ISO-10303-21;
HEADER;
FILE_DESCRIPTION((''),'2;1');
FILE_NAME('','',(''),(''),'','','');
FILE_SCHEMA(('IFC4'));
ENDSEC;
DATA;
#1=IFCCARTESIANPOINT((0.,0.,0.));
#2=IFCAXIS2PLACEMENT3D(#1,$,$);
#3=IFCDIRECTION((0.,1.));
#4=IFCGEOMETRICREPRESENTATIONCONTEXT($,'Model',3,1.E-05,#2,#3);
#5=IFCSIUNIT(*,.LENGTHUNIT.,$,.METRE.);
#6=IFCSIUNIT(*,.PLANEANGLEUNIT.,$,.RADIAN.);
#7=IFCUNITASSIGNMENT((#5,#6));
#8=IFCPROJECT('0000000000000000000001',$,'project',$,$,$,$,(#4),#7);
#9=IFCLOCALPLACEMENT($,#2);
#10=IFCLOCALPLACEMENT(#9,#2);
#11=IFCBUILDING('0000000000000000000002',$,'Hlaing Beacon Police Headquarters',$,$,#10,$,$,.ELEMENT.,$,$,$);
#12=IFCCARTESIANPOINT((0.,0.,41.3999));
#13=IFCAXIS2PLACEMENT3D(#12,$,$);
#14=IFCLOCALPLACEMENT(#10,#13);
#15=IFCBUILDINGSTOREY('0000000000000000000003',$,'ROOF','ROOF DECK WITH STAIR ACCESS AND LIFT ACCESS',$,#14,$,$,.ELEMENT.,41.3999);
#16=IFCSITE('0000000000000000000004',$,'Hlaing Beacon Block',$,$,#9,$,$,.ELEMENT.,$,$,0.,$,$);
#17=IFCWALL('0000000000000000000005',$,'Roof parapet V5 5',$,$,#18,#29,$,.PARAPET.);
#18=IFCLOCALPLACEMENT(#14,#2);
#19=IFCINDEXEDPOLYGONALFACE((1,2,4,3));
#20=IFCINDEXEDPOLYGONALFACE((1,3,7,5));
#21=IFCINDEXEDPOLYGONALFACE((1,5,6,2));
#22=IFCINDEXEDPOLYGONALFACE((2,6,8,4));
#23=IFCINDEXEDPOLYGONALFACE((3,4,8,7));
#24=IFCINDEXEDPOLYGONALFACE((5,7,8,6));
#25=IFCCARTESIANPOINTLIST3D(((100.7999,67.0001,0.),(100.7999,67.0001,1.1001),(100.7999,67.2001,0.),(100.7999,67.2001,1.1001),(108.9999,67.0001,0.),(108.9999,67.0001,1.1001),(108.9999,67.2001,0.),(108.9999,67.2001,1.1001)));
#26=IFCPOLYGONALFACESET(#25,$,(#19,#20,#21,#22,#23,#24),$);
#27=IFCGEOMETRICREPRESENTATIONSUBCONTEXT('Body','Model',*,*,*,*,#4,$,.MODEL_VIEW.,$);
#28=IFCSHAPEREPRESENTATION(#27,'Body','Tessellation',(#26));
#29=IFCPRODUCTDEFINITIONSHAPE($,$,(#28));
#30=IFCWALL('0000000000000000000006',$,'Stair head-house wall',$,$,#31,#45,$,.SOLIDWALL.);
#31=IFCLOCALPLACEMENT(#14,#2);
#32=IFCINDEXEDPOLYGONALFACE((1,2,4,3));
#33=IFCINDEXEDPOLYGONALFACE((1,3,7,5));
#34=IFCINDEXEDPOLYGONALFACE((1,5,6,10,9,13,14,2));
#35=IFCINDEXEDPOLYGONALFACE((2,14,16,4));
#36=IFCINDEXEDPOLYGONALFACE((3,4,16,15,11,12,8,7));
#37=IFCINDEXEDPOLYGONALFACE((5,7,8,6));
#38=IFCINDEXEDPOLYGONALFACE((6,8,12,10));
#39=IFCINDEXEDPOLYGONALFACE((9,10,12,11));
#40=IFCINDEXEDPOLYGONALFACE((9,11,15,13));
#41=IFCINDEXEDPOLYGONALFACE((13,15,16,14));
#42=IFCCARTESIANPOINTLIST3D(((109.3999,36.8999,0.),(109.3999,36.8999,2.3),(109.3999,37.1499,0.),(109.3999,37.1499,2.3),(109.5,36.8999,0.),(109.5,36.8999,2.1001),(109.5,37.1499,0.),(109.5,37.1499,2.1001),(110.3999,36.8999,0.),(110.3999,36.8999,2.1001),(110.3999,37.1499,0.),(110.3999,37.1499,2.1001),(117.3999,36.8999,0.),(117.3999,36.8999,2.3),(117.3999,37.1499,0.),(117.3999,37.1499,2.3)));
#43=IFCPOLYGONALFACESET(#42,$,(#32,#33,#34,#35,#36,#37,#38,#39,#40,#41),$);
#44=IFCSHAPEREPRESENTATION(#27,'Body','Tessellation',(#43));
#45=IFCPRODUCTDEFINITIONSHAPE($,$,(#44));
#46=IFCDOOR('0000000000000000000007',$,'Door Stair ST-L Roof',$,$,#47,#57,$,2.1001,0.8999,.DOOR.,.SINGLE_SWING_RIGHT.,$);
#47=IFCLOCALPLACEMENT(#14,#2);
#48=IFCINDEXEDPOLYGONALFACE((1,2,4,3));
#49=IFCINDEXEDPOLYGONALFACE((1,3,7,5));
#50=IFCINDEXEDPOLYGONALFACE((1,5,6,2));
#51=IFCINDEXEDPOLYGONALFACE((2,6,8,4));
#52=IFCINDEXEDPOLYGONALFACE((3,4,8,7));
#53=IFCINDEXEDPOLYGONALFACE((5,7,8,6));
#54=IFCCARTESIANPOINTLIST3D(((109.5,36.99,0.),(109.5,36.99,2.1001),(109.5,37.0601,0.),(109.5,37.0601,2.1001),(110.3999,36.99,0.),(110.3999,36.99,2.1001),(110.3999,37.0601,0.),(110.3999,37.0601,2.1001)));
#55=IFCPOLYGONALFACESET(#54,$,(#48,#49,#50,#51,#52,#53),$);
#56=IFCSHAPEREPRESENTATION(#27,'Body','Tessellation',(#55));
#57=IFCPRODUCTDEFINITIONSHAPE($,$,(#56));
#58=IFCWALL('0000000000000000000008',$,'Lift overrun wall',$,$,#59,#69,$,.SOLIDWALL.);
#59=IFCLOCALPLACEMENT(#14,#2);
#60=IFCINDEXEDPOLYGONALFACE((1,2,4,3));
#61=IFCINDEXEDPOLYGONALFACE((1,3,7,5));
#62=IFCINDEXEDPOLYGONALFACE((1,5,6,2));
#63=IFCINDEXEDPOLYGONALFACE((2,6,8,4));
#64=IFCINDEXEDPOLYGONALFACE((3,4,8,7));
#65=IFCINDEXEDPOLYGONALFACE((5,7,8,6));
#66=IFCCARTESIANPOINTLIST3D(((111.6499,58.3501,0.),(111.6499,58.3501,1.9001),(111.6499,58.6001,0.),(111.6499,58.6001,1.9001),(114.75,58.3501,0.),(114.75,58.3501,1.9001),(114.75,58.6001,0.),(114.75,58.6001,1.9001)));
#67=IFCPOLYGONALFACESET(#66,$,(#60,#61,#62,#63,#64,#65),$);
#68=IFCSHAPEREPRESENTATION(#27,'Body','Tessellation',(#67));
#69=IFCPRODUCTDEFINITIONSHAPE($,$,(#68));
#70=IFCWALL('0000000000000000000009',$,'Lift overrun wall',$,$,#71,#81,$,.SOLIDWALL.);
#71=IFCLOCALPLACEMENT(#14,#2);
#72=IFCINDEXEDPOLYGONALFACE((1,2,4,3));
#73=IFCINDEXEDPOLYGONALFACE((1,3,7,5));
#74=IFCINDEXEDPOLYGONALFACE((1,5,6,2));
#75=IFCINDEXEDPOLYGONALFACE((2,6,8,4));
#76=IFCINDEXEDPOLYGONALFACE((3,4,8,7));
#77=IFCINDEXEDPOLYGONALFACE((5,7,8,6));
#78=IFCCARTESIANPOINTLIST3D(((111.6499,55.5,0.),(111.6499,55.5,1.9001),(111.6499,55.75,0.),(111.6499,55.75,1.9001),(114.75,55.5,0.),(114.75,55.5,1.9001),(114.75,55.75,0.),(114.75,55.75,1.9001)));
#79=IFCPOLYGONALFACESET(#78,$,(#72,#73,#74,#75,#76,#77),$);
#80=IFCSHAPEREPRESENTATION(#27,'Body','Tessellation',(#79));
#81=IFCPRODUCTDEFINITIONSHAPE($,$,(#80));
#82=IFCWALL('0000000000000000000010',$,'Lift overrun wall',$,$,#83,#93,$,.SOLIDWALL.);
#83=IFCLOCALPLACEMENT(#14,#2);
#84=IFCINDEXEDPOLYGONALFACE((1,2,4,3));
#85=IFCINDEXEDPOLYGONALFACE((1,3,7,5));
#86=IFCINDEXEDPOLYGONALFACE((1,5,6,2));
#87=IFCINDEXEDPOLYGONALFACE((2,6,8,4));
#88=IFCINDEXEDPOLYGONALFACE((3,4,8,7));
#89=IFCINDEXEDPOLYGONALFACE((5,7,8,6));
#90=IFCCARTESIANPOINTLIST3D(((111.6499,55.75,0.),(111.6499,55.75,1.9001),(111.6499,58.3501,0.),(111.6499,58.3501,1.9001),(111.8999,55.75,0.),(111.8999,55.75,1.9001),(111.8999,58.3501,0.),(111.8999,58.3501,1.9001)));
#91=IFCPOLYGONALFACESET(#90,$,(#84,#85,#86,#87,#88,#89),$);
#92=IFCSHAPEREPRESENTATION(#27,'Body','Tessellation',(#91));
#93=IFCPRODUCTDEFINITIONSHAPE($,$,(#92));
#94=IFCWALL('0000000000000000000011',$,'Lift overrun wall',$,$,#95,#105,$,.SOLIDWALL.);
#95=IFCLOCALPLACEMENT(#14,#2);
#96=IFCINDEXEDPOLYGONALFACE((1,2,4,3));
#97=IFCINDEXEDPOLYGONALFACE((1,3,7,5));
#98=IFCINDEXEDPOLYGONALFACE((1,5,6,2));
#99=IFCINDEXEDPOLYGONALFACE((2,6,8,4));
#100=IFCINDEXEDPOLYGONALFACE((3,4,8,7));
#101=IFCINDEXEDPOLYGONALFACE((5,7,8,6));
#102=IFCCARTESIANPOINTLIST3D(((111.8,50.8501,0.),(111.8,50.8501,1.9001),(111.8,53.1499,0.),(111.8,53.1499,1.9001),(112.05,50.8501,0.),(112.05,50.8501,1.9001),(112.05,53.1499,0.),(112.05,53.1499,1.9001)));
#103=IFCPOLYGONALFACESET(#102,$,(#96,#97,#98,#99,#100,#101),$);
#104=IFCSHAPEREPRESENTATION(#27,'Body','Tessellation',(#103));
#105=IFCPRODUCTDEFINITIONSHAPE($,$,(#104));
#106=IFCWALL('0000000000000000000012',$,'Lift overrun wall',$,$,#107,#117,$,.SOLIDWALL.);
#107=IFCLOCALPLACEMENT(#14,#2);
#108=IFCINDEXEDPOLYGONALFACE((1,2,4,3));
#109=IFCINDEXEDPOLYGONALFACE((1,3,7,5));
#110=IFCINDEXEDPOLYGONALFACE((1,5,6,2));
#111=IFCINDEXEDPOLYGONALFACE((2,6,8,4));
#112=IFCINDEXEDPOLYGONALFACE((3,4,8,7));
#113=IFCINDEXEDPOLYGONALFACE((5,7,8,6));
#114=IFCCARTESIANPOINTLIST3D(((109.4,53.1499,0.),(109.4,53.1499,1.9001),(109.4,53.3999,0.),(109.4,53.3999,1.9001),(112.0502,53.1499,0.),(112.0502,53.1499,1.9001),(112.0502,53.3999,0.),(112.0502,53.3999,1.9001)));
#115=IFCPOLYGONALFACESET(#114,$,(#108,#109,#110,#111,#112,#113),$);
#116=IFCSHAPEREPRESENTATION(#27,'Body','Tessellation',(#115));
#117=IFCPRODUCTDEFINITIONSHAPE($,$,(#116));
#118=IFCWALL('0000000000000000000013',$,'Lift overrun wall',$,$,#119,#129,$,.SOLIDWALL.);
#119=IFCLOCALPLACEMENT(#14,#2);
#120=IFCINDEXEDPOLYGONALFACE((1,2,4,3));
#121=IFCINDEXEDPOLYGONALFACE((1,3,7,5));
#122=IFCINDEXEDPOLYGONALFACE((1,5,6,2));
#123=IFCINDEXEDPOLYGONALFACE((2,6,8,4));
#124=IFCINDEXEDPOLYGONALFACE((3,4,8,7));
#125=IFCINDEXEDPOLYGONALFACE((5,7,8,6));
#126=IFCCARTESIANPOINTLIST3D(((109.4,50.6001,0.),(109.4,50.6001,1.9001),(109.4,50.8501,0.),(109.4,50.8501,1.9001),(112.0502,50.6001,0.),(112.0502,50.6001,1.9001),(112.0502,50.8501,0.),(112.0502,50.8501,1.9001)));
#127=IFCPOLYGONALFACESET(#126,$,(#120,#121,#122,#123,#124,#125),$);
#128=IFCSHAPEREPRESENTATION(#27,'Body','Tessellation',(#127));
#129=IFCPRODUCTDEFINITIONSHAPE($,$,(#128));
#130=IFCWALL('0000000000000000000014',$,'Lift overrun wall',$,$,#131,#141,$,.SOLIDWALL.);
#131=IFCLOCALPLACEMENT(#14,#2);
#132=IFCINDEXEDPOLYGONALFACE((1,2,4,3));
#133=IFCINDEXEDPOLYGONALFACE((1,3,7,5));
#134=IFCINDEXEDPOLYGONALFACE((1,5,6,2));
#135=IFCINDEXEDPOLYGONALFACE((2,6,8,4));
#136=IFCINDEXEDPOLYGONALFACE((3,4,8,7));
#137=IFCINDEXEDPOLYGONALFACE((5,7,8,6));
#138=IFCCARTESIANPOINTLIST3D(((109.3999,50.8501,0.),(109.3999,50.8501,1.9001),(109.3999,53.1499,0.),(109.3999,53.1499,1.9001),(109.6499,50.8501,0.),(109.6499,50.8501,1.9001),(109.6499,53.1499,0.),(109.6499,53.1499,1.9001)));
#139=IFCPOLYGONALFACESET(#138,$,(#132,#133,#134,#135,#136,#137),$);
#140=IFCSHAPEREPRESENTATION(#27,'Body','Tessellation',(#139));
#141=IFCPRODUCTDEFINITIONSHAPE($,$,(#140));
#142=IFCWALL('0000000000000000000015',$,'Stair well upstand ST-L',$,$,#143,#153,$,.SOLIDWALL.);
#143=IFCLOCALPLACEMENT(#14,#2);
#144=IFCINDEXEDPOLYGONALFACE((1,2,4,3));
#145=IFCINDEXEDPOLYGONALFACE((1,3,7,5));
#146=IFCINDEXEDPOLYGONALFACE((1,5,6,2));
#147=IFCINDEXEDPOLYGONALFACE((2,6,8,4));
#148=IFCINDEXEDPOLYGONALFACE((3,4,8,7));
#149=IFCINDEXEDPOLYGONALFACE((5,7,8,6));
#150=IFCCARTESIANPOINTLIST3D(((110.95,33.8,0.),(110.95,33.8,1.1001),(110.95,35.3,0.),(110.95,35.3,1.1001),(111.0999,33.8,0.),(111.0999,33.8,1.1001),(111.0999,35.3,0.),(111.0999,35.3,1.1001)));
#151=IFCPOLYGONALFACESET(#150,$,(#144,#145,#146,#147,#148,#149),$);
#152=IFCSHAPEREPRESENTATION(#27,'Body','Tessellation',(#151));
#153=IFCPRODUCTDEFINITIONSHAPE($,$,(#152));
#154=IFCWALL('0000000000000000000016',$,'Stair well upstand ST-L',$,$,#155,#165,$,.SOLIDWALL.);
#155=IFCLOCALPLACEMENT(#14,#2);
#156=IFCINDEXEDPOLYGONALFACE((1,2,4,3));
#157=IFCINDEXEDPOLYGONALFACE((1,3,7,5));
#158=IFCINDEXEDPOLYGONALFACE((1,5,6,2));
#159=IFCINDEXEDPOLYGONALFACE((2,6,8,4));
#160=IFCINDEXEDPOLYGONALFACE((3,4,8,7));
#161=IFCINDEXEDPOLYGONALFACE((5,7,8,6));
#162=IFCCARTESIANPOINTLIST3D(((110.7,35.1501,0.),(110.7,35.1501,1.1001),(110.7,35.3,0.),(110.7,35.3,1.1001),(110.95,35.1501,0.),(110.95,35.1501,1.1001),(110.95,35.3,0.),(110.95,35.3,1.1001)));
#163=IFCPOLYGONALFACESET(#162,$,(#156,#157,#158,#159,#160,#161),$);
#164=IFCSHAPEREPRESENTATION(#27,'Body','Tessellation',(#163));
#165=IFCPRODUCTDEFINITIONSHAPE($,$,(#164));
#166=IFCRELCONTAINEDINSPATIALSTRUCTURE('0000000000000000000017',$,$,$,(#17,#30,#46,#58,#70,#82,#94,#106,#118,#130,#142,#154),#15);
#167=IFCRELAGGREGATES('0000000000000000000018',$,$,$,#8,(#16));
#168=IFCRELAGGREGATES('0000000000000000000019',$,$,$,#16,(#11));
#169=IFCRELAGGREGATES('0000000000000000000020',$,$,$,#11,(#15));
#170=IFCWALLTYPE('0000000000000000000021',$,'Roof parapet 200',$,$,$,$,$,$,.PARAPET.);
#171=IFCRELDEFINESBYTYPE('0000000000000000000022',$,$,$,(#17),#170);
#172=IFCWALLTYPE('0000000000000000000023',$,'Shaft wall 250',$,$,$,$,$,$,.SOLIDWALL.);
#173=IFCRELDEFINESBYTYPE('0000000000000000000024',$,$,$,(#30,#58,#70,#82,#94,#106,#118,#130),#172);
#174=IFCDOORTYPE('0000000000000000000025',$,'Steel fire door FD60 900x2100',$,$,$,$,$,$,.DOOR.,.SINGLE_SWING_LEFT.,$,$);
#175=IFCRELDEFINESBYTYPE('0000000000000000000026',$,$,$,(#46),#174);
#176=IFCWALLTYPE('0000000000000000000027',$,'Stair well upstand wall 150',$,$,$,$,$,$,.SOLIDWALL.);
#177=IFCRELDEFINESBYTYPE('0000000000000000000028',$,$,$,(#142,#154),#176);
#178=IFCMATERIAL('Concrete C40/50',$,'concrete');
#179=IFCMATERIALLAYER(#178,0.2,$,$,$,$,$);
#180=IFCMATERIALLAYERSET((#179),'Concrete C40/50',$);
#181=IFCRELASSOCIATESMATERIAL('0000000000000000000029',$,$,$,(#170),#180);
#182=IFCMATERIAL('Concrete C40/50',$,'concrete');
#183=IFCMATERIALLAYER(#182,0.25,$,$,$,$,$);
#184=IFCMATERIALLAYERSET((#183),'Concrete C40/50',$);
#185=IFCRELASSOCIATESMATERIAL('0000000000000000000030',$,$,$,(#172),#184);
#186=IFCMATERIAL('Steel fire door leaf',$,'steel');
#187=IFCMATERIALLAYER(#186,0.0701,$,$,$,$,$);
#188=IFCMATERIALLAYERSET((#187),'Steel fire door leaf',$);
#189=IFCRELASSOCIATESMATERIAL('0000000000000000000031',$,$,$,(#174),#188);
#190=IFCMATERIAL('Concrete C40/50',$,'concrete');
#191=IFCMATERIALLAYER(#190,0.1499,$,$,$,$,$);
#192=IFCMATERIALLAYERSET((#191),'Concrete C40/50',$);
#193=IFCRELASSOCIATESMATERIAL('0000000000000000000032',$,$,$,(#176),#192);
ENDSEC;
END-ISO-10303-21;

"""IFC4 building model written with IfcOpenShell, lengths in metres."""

from ifc_helpers import new_model, si_unit, direction, frame, frame_2d, origin, place, context, subcontext, project, spatial, rectangle, extrude, material, layer, layer_set, type_object, element, fill, save


model = new_model("IFC4")

# Units and contexts
model_context = context("Model", 3, precision=1e-05, world=origin(), true_north=direction((0.0, 1.0)))
body_context = subcontext(model_context, "Body", "Model", "MODEL_VIEW")
ifc_project = project(units=[si_unit("LENGTHUNIT", "METRE"), si_unit("PLANEANGLEUNIT", "RADIAN")], contexts=[model_context])

# Site, building, storey
site_placement = place(None, origin())
site = spatial("IfcSite", under=ifc_project, at=site_placement, Name="Hlaing Beacon Block", CompositionType="ELEMENT", RefElevation=0.0)
building_placement = place(site_placement, origin())
building = spatial("IfcBuilding", under=site, at=building_placement, Name="Hlaing Beacon Police Headquarters", CompositionType="ELEMENT")
storey_placement = place(building_placement, frame((0.0, 0.0, 41.3999)))
storey = spatial("IfcBuildingStorey", under=building, at=storey_placement, Name="ROOF", Description="ROOF DECK WITH STAIR ACCESS AND LIFT ACCESS", CompositionType="ELEMENT", Elevation=41.3999)

# Wall
ifc_material_1 = material(Name="Concrete C40/50", Category="concrete")
ifc_layer_1 = layer(ifc_material_1, 0.2)
ifc_layer_set_1 = layer_set([ifc_layer_1], Name="Concrete C40/50")
wall_type_1 = type_object("IfcWallType", Name="Roof parapet 200", PredefinedType="PARAPET", material=ifc_layer_set_1)
wall_1_placement = place(storey_placement, frame((109.0, 67.1001, 0.0), z_axis=(0.0, 0.0, 1.0), x_axis=(-1.0, 0.0, 0.0)))
element("IfcWall", 1, at=wall_1_placement, inside=storey, type_object=wall_type_1, Name="Roof parapet V5 5", PredefinedType="PARAPET", context=body_context, shape_type="SweptSolid", body=[
    extrude(rectangle(XDim=8.2, YDim=0.2, at=frame_2d((4.1001, 0.0))), origin(), (0.0, 0.0, 1.0), 1.1001),
])

# Wall, opening, door
ifc_material_2 = material(Name="Concrete C40/50", Category="concrete")
ifc_layer_2 = layer(ifc_material_2, 0.25)
ifc_layer_set_2 = layer_set([ifc_layer_2], Name="Concrete C40/50")
wall_type_2 = type_object("IfcWallType", Name="Shaft wall 250", PredefinedType="SOLIDWALL", material=ifc_layer_set_2)
wall_2_placement = place(storey_placement, frame((109.3999, 37.0249, 0.0), z_axis=(0.0, 0.0, 1.0), x_axis=(1.0, 0.0, 0.0)))
wall_2 = element("IfcWall", 2, at=wall_2_placement, inside=storey, type_object=wall_type_2, Name="Stair head-house wall", PredefinedType="SOLIDWALL", context=body_context, shape_type="SweptSolid", body=[
    extrude(rectangle(XDim=8.0, YDim=0.25, at=frame_2d((4.0, 0.0))), origin(), (0.0, 0.0, 1.0), 2.3),
])
opening_placement = place(wall_2_placement, frame((0.1001, 0.0, 0.0)))
opening = element("IfcOpeningElement", 3, at=opening_placement, cuts=wall_2, PredefinedType="OPENING", context=body_context, shape_type="SweptSolid", body=[
    extrude(rectangle(XDim=0.8999, YDim=2.1001, at=frame_2d((0.45, 1.05))), frame((0.0, 0.135, 0.0), z_axis=(0.0, -1.0, 0.0), x_axis=(1.0, 0.0, 0.0)), (0.0, 0.0, 1.0), 0.27),
])
ifc_material_3 = material(Name="Steel fire door leaf", Category="steel")
ifc_layer_3 = layer(ifc_material_3, 0.0701)
ifc_layer_set_3 = layer_set([ifc_layer_3], Name="Steel fire door leaf")
door_type = type_object("IfcDoorType", Name="Steel fire door FD60 900x2100", OperationType="SINGLE_SWING_LEFT", PredefinedType="DOOR", material=ifc_layer_set_3)
door_placement = place(opening_placement, origin())
door = element("IfcDoor", 4, at=door_placement, inside=storey, type_object=door_type, Name="Door Stair ST-L Roof", OperationType="SINGLE_SWING_RIGHT", OverallHeight=2.1001, OverallWidth=0.8999, PredefinedType="DOOR", context=body_context, shape_type="SweptSolid", body=[
    extrude(rectangle(XDim=0.8999, YDim=2.1001, at=frame_2d((0.45, 1.05))), frame((0.0, 0.0352, 0.0), z_axis=(0.0, -1.0, 0.0), x_axis=(1.0, 0.0, 0.0)), (0.0, 0.0, 1.0), 0.0701),
])
fill(opening, door)

# Walls
for number, where, z_axis, x_axis, name in (
    (5, (111.6499, 58.4751, 0.0), (0.0, 0.0, 1.0), (1.0, 0.0, 0.0), "Lift overrun wall"),
    (6, (111.6499, 55.625, 0.0), (0.0, 0.0, 1.0), (1.0, 0.0, 0.0), "Lift overrun wall"),
):
    element("IfcWall", number, at=place(storey_placement, frame(where, z_axis=z_axis, x_axis=x_axis)), inside=storey, type_object=wall_type_2, Name=name, PredefinedType="SOLIDWALL", context=body_context, shape_type="SweptSolid", body=[
        extrude(rectangle(XDim=3.1001, YDim=0.25, at=frame_2d((1.55, 0.0))), origin(), (0.0, 0.0, 1.0), 1.9001),
    ])
wall_3_placement = place(storey_placement, frame((111.7749, 55.75, 0.0), z_axis=(0.0, 0.0, 1.0), x_axis=(0.0, 1.0, 0.0)))
element("IfcWall", 7, at=wall_3_placement, inside=storey, type_object=wall_type_2, Name="Lift overrun wall", PredefinedType="SOLIDWALL", context=body_context, shape_type="SweptSolid", body=[
    extrude(rectangle(XDim=2.6001, YDim=0.25, at=frame_2d((1.3, 0.0))), origin(), (0.0, 0.0, 1.0), 1.9001),
])
wall_4_placement = place(storey_placement, frame((111.925, 50.8501, 0.0), z_axis=(0.0, 0.0, 1.0), x_axis=(0.0, 1.0, 0.0)))
element("IfcWall", 8, at=wall_4_placement, inside=storey, type_object=wall_type_2, Name="Lift overrun wall", PredefinedType="SOLIDWALL", context=body_context, shape_type="SweptSolid", body=[
    extrude(rectangle(XDim=2.2998, YDim=0.25, at=frame_2d((1.1499, 0.0))), origin(), (0.0, 0.0, 1.0), 1.9001),
])
for number, where, z_axis, x_axis, name in (
    (9, (109.3999, 53.2749, 0.0), (0.0, 0.0, 1.0), (1.0, 0.0, 0.0), "Lift overrun wall"),
    (10, (109.3999, 50.7251, 0.0), (0.0, 0.0, 1.0), (1.0, 0.0, 0.0), "Lift overrun wall"),
):
    element("IfcWall", number, at=place(storey_placement, frame(where, z_axis=z_axis, x_axis=x_axis)), inside=storey, type_object=wall_type_2, Name=name, PredefinedType="SOLIDWALL", context=body_context, shape_type="SweptSolid", body=[
        extrude(rectangle(XDim=2.6501, YDim=0.25, at=frame_2d((1.3252, 0.0))), origin(), (0.0, 0.0, 1.0), 1.9001),
    ])
wall_5_placement = place(storey_placement, frame((109.5249, 50.8501, 0.0), z_axis=(0.0, 0.0, 1.0), x_axis=(0.0, 1.0, 0.0)))
element("IfcWall", 11, at=wall_5_placement, inside=storey, type_object=wall_type_2, Name="Lift overrun wall", PredefinedType="SOLIDWALL", context=body_context, shape_type="SweptSolid", body=[
    extrude(rectangle(XDim=2.2998, YDim=0.25, at=frame_2d((1.1499, 0.0))), origin(), (0.0, 0.0, 1.0), 1.9001),
])
ifc_material_4 = material(Name="Concrete C40/50", Category="concrete")
ifc_layer_4 = layer(ifc_material_4, 0.1499)
ifc_layer_set_4 = layer_set([ifc_layer_4], Name="Concrete C40/50")
wall_type_3 = type_object("IfcWallType", Name="Stair well upstand wall 150", PredefinedType="SOLIDWALL", material=ifc_layer_set_4)
wall_6_placement = place(storey_placement, frame((111.0249, 33.8, 0.0), z_axis=(0.0, 0.0, 1.0), x_axis=(0.0, 1.0, 0.0)))
element("IfcWall", 12, at=wall_6_placement, inside=storey, type_object=wall_type_3, Name="Stair well upstand ST-L", PredefinedType="SOLIDWALL", context=body_context, shape_type="SweptSolid", body=[
    extrude(rectangle(XDim=1.5, YDim=0.1499, at=frame_2d((0.75, 0.0))), origin(), (0.0, 0.0, 1.0), 1.1001),
])
wall_7_placement = place(storey_placement, frame((110.7, 35.2251, 0.0), z_axis=(0.0, 0.0, 1.0), x_axis=(1.0, 0.0, 0.0)))
element("IfcWall", 13, at=wall_7_placement, inside=storey, type_object=wall_type_3, Name="Stair well upstand ST-L", PredefinedType="SOLIDWALL", context=body_context, shape_type="SweptSolid", body=[
    extrude(rectangle(XDim=0.25, YDim=0.1499, at=frame_2d((0.125, 0.0))), origin(), (0.0, 0.0, 1.0), 1.1001),
])

save(model, "model.ifc")
